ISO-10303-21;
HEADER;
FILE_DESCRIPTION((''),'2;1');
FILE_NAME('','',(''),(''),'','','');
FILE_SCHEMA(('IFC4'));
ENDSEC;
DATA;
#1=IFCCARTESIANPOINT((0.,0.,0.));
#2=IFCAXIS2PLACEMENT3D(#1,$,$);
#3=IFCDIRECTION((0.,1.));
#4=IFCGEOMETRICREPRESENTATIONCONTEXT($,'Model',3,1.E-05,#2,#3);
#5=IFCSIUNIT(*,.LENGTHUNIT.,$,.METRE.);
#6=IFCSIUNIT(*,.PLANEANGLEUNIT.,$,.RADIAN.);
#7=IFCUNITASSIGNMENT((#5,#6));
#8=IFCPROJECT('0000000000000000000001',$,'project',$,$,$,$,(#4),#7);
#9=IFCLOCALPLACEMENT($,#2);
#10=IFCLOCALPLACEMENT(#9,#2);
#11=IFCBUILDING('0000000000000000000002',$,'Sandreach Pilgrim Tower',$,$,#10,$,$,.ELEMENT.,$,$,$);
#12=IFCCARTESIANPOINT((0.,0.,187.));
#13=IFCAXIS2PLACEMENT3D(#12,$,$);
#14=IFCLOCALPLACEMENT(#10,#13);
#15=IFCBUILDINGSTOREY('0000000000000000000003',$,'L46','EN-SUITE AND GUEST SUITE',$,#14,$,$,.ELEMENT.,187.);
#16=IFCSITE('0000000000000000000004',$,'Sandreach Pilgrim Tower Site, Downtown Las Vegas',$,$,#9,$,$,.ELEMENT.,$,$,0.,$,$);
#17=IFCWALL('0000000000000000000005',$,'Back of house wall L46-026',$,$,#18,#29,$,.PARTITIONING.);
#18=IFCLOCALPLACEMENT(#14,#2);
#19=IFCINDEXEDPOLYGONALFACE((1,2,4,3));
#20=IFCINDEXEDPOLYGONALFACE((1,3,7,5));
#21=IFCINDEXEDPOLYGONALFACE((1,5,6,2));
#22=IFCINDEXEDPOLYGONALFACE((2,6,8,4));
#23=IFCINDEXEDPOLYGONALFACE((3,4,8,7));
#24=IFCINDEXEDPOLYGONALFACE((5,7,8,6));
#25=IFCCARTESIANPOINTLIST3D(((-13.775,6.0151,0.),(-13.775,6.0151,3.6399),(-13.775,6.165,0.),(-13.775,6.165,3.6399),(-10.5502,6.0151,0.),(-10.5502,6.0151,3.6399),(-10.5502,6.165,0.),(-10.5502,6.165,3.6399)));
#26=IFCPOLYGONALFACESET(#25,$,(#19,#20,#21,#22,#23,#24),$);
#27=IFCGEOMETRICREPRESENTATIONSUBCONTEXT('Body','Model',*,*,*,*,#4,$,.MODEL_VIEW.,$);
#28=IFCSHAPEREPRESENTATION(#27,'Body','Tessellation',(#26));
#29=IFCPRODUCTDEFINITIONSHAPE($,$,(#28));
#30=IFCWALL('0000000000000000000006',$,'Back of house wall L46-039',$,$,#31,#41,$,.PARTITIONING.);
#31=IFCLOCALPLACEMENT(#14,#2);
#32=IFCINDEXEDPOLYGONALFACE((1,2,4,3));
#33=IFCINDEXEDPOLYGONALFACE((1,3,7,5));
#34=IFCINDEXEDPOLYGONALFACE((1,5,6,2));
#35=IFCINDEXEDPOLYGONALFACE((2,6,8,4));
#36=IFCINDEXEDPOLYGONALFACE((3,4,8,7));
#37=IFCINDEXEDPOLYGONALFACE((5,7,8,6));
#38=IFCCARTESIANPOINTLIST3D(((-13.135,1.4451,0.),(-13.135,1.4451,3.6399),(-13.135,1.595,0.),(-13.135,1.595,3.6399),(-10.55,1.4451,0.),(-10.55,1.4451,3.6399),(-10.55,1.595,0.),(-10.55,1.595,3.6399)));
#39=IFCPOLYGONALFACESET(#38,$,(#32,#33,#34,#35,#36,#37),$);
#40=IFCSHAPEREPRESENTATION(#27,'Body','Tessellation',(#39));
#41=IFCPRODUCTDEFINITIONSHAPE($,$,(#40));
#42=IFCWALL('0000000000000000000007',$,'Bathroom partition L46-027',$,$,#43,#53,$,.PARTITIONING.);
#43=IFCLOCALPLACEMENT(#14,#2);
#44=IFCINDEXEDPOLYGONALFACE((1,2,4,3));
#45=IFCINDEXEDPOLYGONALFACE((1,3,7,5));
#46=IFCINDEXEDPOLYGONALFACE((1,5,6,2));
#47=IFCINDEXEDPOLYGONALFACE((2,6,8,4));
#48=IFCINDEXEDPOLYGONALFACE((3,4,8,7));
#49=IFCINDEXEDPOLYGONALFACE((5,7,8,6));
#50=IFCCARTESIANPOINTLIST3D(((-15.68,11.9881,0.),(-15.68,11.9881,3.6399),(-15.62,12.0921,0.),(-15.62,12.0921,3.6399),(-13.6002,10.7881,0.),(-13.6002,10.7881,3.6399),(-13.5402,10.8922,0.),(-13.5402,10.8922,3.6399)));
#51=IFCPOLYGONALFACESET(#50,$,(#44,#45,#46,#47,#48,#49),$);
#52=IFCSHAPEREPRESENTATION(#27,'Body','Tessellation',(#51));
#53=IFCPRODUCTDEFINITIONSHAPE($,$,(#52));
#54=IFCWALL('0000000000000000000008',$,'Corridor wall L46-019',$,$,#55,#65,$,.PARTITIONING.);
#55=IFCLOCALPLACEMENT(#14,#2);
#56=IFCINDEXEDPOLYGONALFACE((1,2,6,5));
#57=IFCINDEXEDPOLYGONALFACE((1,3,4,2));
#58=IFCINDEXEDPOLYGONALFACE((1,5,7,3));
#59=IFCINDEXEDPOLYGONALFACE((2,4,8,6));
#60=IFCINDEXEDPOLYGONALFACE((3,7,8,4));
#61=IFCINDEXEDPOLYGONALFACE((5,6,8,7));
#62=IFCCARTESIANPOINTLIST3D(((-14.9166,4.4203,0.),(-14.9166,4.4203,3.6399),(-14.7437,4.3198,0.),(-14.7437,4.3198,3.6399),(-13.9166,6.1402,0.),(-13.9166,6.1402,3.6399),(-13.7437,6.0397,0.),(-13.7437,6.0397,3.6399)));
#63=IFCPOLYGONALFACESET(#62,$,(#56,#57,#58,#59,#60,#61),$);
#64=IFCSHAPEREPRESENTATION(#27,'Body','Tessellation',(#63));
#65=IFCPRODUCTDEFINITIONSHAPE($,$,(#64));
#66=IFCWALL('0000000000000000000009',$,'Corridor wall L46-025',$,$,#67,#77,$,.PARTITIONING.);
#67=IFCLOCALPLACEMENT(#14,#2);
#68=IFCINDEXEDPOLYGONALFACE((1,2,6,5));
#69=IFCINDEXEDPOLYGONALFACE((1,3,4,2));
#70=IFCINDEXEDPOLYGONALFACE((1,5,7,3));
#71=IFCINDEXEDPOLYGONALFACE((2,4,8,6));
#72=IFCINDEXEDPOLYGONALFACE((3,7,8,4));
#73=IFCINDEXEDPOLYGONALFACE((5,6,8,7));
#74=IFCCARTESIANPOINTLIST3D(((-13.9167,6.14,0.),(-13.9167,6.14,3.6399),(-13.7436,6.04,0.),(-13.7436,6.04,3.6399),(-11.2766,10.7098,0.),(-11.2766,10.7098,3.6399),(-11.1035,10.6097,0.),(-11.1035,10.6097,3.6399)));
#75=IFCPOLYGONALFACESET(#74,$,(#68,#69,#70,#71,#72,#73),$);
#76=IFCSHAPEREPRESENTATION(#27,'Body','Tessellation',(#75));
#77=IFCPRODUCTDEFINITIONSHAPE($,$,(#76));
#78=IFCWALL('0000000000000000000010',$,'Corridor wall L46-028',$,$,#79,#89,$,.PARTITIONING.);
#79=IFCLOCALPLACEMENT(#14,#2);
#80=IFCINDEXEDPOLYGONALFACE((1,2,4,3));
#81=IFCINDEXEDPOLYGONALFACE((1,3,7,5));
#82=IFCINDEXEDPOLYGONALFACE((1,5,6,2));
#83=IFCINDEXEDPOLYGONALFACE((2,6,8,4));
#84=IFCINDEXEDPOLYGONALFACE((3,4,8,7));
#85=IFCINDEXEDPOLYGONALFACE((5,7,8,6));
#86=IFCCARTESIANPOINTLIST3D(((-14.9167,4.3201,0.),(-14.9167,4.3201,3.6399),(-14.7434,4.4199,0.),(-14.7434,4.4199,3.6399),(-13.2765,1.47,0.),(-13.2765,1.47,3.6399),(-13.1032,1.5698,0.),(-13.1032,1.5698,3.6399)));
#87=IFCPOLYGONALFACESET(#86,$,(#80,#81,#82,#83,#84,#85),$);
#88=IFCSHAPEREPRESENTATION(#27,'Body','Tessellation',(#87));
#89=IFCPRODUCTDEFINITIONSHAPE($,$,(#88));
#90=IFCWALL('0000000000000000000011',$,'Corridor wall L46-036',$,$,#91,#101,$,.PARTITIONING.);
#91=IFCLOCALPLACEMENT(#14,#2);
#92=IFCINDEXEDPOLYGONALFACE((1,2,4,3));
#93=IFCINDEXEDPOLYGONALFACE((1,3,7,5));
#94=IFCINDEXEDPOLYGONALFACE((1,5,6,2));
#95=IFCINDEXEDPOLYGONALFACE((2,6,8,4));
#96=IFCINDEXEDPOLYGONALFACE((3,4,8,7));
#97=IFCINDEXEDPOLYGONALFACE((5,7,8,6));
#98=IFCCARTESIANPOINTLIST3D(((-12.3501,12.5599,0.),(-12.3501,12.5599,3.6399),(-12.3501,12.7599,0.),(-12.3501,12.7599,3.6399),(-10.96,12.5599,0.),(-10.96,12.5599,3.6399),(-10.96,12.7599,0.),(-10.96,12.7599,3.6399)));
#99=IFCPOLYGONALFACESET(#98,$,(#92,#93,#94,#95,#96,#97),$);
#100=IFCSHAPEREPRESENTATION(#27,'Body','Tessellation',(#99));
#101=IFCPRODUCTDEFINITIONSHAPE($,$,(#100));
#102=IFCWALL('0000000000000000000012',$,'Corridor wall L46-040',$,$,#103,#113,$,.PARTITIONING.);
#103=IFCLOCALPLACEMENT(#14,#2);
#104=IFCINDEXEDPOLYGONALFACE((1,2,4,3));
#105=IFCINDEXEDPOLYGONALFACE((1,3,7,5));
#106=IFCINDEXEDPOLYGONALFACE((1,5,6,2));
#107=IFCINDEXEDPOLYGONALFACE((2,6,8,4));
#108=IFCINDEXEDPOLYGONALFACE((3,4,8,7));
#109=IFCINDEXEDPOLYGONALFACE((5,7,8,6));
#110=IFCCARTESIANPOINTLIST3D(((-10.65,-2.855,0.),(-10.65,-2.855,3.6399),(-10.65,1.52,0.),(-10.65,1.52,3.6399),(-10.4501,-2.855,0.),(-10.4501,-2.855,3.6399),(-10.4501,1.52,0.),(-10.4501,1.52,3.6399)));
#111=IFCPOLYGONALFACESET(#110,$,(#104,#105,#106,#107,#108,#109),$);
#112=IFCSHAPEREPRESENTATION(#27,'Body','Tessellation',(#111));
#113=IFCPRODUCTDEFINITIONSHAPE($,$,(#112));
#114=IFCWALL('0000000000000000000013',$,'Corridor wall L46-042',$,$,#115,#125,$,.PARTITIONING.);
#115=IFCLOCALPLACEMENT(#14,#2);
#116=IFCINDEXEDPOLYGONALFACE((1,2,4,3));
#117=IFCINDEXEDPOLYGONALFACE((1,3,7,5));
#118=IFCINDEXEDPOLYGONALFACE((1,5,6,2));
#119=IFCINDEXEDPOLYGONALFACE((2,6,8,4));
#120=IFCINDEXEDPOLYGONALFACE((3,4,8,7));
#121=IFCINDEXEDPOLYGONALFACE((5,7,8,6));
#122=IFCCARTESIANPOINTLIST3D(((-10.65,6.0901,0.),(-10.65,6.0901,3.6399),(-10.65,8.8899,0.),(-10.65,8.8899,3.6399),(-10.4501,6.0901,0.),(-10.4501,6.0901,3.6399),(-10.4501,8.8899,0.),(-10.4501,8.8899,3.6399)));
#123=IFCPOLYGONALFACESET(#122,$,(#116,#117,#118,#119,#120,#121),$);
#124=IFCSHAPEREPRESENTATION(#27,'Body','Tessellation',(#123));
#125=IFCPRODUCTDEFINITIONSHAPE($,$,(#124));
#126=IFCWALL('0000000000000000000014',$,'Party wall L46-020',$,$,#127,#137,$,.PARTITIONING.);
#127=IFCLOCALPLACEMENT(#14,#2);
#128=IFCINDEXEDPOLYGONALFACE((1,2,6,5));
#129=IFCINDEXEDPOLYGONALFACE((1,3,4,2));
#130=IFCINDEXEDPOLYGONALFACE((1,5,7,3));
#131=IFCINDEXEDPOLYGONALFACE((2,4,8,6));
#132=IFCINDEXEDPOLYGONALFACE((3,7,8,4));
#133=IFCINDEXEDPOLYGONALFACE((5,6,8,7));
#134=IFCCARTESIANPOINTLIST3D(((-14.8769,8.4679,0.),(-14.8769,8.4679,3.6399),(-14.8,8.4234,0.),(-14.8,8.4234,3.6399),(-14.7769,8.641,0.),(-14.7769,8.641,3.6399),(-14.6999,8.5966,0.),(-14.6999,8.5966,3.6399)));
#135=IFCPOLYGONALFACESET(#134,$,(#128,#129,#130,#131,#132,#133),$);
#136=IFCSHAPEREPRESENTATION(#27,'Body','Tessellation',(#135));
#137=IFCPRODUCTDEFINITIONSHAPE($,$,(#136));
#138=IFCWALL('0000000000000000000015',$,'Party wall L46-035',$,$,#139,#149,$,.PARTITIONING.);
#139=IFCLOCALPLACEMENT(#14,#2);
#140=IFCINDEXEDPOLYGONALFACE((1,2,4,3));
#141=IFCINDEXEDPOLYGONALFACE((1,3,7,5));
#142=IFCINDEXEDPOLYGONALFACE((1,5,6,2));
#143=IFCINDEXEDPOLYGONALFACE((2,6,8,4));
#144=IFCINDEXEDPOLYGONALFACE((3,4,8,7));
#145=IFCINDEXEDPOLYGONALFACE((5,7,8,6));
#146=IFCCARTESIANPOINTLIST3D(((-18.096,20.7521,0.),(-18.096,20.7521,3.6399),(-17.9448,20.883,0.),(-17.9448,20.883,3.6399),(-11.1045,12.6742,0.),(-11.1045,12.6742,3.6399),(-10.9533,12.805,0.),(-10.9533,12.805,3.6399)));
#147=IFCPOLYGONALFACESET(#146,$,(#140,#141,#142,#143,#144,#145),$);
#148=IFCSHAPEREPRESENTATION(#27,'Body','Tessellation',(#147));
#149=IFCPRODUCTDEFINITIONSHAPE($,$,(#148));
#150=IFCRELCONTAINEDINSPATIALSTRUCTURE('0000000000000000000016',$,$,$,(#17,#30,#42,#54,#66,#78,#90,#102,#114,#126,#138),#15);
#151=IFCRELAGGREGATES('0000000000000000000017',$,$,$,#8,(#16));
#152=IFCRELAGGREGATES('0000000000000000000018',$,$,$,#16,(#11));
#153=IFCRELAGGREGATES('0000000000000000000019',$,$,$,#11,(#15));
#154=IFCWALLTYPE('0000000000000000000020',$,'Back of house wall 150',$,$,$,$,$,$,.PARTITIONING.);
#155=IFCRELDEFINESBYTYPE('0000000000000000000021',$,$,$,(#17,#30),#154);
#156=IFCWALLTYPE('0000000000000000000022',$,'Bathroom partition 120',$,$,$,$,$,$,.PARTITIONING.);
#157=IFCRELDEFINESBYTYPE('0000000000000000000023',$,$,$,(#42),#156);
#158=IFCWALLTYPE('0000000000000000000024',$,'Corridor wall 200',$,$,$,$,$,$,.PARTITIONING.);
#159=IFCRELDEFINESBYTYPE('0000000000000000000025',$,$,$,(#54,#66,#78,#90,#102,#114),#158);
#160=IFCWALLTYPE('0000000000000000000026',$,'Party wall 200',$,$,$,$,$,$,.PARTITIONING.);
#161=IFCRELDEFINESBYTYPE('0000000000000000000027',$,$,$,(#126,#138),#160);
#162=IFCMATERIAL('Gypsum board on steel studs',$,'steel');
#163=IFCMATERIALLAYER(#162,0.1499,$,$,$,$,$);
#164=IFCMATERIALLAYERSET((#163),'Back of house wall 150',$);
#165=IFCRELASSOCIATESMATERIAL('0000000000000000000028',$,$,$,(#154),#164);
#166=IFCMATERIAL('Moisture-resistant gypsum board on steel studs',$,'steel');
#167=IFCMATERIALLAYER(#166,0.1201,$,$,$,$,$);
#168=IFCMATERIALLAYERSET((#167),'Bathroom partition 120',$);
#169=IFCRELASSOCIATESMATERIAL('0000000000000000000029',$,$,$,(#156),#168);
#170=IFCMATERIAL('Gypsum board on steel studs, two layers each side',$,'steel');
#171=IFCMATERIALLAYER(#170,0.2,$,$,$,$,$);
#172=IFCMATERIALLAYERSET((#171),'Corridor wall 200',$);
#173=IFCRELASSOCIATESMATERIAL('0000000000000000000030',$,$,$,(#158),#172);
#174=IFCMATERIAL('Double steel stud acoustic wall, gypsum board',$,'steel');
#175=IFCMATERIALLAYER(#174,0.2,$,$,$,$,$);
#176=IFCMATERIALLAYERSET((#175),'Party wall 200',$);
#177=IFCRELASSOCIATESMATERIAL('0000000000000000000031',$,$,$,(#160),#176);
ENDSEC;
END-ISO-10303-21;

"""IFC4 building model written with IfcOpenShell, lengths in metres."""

from ifc_helpers import new_model, si_unit, direction, frame, frame_2d, origin, place, context, subcontext, project, spatial, rectangle, extrude, material, layer, layer_set, type_object, element, save


model = new_model("IFC4")

# Units and contexts
model_context = context("Model", 3, precision=1e-05, world=origin(), true_north=direction((0.0, 1.0)))
body_context = subcontext(model_context, "Body", "Model", "MODEL_VIEW")
ifc_project = project(units=[si_unit("LENGTHUNIT", "METRE"), si_unit("PLANEANGLEUNIT", "RADIAN")], contexts=[model_context])

# Site, building, storey
site_placement = place(None, origin())
site = spatial("IfcSite", under=ifc_project, at=site_placement, Name="Sandreach Pilgrim Tower Site, Downtown Las Vegas", CompositionType="ELEMENT", RefElevation=0.0)
building_placement = place(site_placement, origin())
building = spatial("IfcBuilding", under=site, at=building_placement, Name="Sandreach Pilgrim Tower", CompositionType="ELEMENT")
storey_placement = place(building_placement, frame((0.0, 0.0, 187.0)))
storey = spatial("IfcBuildingStorey", under=building, at=storey_placement, Name="L46", Description="EN-SUITE AND GUEST SUITE", CompositionType="ELEMENT", Elevation=187.0)

# Walls
ifc_material_1 = material(Name="Gypsum board on steel studs", Category="steel")
ifc_layer_1 = layer(ifc_material_1, 0.1499)
ifc_layer_set_1 = layer_set([ifc_layer_1], Name="Back of house wall 150")
wall_type_1 = type_object("IfcWallType", Name="Back of house wall 150", PredefinedType="PARTITIONING", material=ifc_layer_set_1)
wall_1_placement = place(storey_placement, frame((-13.7749, 6.0901, 0.0), z_axis=(0.0, 0.0, 1.0), x_axis=(1.0, 0.0, 0.0)))
element("IfcWall", 1, at=wall_1_placement, inside=storey, type_object=wall_type_1, Name="Back of house wall L46-026", PredefinedType="PARTITIONING", context=body_context, shape_type="SweptSolid", body=[
    extrude(rectangle(XDim=3.2249, YDim=0.1499, at=frame_2d((1.6123, 0.0))), origin(), (0.0, 0.0, 1.0), 3.6399),
])
wall_2_placement = place(storey_placement, frame((-10.55, 1.52, 0.0), z_axis=(0.0, 0.0, 1.0), x_axis=(-1.0, 0.0, 0.0)))
element("IfcWall", 2, at=wall_2_placement, inside=storey, type_object=wall_type_1, Name="Back of house wall L46-039", PredefinedType="PARTITIONING", context=body_context, shape_type="SweptSolid", body=[
    extrude(rectangle(XDim=2.585, YDim=0.1499, at=frame_2d((1.2925, 0.0))), origin(), (0.0, 0.0, 1.0), 3.6399),
])
ifc_material_2 = material(Name="Moisture-resistant gypsum board on steel studs", Category="steel")
ifc_layer_2 = layer(ifc_material_2, 0.1201)
ifc_layer_set_2 = layer_set([ifc_layer_2], Name="Bathroom partition 120")
wall_type_2 = type_object("IfcWallType", Name="Bathroom partition 120", PredefinedType="PARTITIONING", material=ifc_layer_set_2)
wall_3_placement = place(storey_placement, frame((-13.5701, 10.8401, 0.0), z_axis=(0.0, 0.0, 1.0), x_axis=(-0.866177, 0.499737, 0.0)))
element("IfcWall", 3, at=wall_3_placement, inside=storey, type_object=wall_type_2, Name="Bathroom partition L46-027", PredefinedType="PARTITIONING", context=body_context, shape_type="SweptSolid", body=[
    extrude(rectangle(XDim=2.4011, YDim=0.1201, at=frame_2d((1.2007, 0.0))), origin(), (0.0, 0.0, 1.0), 3.6399),
])
ifc_material_3 = material(Name="Gypsum board on steel studs, two layers each side", Category="steel")
ifc_layer_3 = layer(ifc_material_3, 0.2)
ifc_layer_set_3 = layer_set([ifc_layer_3], Name="Corridor wall 200")
wall_type_3 = type_object("IfcWallType", Name="Corridor wall 200", PredefinedType="PARTITIONING", material=ifc_layer_set_3)
wall_4_placement = place(storey_placement, frame((-14.8301, 4.3701, 0.0), z_axis=(0.0, 0.0, 1.0), x_axis=(0.502627, 0.864503, 0.0)))
element("IfcWall", 4, at=wall_4_placement, inside=storey, type_object=wall_type_3, Name="Corridor wall L46-019", PredefinedType="PARTITIONING", context=body_context, shape_type="SweptSolid", body=[
    extrude(rectangle(XDim=1.9895, YDim=0.2, at=frame_2d((0.9946, 0.0))), origin(), (0.0, 0.0, 1.0), 3.6399),
])

# Walls
wall_5_placement = place(storey_placement, frame((-13.8301, 6.0901, 0.0), z_axis=(0.0, 0.0, 1.0), x_axis=(0.500248, 0.865882, 0.0)))
element("IfcWall", 5, at=wall_5_placement, inside=storey, type_object=wall_type_3, Name="Corridor wall L46-025", PredefinedType="PARTITIONING", context=body_context, shape_type="SweptSolid", body=[
    extrude(rectangle(XDim=5.2776, YDim=0.2, at=frame_2d((2.6387, 0.0))), origin(), (0.0, 0.0, 1.0), 3.6399),
])
wall_6_placement = place(storey_placement, frame((-13.1899, 1.52, 0.0), z_axis=(0.0, 0.0, 1.0), x_axis=(-0.498775, 0.866731, 0.0)))
element("IfcWall", 6, at=wall_6_placement, inside=storey, type_object=wall_type_3, Name="Corridor wall L46-028", PredefinedType="PARTITIONING", context=body_context, shape_type="SweptSolid", body=[
    extrude(rectangle(XDim=3.2883, YDim=0.2, at=frame_2d((1.644, 0.0))), origin(), (0.0, 0.0, 1.0), 3.6399),
])

# Walls
wall_7_placement = place(storey_placement, frame((-10.96, 12.6599, 0.0), z_axis=(0.0, 0.0, 1.0), x_axis=(-1.0, 0.0, 0.0)))
element("IfcWall", 7, at=wall_7_placement, inside=storey, type_object=wall_type_3, Name="Corridor wall L46-036", PredefinedType="PARTITIONING", context=body_context, shape_type="SweptSolid", body=[
    extrude(rectangle(XDim=1.3901, YDim=0.2, at=frame_2d((0.6951, 0.0))), origin(), (0.0, 0.0, 1.0), 3.6399),
])
wall_8_placement = place(storey_placement, frame((-10.55, 1.52, 0.0), z_axis=(0.0, 0.0, 1.0), x_axis=(0.0, -1.0, 0.0)))
element("IfcWall", 8, at=wall_8_placement, inside=storey, type_object=wall_type_3, Name="Corridor wall L46-040", PredefinedType="PARTITIONING", context=body_context, shape_type="SweptSolid", body=[
    extrude(rectangle(XDim=4.375, YDim=0.2, at=frame_2d((2.1875, 0.0))), origin(), (0.0, 0.0, 1.0), 3.6399),
])

# Walls
wall_9_placement = place(storey_placement, frame((-10.55, 8.8899, 0.0), z_axis=(0.0, 0.0, 1.0), x_axis=(0.0, -1.0, 0.0)))
element("IfcWall", 9, at=wall_9_placement, inside=storey, type_object=wall_type_3, Name="Corridor wall L46-042", PredefinedType="PARTITIONING", context=body_context, shape_type="SweptSolid", body=[
    extrude(rectangle(XDim=2.7998, YDim=0.2, at=frame_2d((1.3999, 0.0))), origin(), (0.0, 0.0, 1.0), 3.6399),
])
ifc_material_4 = material(Name="Double steel stud acoustic wall, gypsum board", Category="steel")
ifc_layer_4 = layer(ifc_material_4, 0.2)
ifc_layer_set_4 = layer_set([ifc_layer_4], Name="Party wall 200")
wall_type_4 = type_object("IfcWallType", Name="Party wall 200", PredefinedType="PARTITIONING", material=ifc_layer_set_4)
wall_10_placement = place(storey_placement, frame((-14.8269, 8.5544, 0.0), z_axis=(0.0, 0.0, 1.0), x_axis=(0.865865, -0.500278, 0.0)))
element("IfcWall", 10, at=wall_10_placement, inside=storey, type_object=wall_type_4, Name="Party wall L46-020", PredefinedType="PARTITIONING", context=body_context, shape_type="SweptSolid", body=[
    extrude(rectangle(XDim=0.0889, YDim=0.2, at=frame_2d((0.0444, 0.0))), origin(), (0.0, 0.0, 1.0), 3.6399),
])
wall_11_placement = place(storey_placement, frame((-11.0288, 12.7395, 0.0), z_axis=(0.0, 0.0, 1.0), x_axis=(-0.654429, 0.756123, 0.0)))
element("IfcWall", 11, at=wall_11_placement, inside=storey, type_object=wall_type_4, Name="Party wall L46-035", PredefinedType="PARTITIONING", context=body_context, shape_type="SweptSolid", body=[
    extrude(rectangle(XDim=10.6833, YDim=0.2, at=frame_2d((5.3418, 0.0))), origin(), (0.0, 0.0, 1.0), 3.6399),
])

save(model, "model.ifc")
